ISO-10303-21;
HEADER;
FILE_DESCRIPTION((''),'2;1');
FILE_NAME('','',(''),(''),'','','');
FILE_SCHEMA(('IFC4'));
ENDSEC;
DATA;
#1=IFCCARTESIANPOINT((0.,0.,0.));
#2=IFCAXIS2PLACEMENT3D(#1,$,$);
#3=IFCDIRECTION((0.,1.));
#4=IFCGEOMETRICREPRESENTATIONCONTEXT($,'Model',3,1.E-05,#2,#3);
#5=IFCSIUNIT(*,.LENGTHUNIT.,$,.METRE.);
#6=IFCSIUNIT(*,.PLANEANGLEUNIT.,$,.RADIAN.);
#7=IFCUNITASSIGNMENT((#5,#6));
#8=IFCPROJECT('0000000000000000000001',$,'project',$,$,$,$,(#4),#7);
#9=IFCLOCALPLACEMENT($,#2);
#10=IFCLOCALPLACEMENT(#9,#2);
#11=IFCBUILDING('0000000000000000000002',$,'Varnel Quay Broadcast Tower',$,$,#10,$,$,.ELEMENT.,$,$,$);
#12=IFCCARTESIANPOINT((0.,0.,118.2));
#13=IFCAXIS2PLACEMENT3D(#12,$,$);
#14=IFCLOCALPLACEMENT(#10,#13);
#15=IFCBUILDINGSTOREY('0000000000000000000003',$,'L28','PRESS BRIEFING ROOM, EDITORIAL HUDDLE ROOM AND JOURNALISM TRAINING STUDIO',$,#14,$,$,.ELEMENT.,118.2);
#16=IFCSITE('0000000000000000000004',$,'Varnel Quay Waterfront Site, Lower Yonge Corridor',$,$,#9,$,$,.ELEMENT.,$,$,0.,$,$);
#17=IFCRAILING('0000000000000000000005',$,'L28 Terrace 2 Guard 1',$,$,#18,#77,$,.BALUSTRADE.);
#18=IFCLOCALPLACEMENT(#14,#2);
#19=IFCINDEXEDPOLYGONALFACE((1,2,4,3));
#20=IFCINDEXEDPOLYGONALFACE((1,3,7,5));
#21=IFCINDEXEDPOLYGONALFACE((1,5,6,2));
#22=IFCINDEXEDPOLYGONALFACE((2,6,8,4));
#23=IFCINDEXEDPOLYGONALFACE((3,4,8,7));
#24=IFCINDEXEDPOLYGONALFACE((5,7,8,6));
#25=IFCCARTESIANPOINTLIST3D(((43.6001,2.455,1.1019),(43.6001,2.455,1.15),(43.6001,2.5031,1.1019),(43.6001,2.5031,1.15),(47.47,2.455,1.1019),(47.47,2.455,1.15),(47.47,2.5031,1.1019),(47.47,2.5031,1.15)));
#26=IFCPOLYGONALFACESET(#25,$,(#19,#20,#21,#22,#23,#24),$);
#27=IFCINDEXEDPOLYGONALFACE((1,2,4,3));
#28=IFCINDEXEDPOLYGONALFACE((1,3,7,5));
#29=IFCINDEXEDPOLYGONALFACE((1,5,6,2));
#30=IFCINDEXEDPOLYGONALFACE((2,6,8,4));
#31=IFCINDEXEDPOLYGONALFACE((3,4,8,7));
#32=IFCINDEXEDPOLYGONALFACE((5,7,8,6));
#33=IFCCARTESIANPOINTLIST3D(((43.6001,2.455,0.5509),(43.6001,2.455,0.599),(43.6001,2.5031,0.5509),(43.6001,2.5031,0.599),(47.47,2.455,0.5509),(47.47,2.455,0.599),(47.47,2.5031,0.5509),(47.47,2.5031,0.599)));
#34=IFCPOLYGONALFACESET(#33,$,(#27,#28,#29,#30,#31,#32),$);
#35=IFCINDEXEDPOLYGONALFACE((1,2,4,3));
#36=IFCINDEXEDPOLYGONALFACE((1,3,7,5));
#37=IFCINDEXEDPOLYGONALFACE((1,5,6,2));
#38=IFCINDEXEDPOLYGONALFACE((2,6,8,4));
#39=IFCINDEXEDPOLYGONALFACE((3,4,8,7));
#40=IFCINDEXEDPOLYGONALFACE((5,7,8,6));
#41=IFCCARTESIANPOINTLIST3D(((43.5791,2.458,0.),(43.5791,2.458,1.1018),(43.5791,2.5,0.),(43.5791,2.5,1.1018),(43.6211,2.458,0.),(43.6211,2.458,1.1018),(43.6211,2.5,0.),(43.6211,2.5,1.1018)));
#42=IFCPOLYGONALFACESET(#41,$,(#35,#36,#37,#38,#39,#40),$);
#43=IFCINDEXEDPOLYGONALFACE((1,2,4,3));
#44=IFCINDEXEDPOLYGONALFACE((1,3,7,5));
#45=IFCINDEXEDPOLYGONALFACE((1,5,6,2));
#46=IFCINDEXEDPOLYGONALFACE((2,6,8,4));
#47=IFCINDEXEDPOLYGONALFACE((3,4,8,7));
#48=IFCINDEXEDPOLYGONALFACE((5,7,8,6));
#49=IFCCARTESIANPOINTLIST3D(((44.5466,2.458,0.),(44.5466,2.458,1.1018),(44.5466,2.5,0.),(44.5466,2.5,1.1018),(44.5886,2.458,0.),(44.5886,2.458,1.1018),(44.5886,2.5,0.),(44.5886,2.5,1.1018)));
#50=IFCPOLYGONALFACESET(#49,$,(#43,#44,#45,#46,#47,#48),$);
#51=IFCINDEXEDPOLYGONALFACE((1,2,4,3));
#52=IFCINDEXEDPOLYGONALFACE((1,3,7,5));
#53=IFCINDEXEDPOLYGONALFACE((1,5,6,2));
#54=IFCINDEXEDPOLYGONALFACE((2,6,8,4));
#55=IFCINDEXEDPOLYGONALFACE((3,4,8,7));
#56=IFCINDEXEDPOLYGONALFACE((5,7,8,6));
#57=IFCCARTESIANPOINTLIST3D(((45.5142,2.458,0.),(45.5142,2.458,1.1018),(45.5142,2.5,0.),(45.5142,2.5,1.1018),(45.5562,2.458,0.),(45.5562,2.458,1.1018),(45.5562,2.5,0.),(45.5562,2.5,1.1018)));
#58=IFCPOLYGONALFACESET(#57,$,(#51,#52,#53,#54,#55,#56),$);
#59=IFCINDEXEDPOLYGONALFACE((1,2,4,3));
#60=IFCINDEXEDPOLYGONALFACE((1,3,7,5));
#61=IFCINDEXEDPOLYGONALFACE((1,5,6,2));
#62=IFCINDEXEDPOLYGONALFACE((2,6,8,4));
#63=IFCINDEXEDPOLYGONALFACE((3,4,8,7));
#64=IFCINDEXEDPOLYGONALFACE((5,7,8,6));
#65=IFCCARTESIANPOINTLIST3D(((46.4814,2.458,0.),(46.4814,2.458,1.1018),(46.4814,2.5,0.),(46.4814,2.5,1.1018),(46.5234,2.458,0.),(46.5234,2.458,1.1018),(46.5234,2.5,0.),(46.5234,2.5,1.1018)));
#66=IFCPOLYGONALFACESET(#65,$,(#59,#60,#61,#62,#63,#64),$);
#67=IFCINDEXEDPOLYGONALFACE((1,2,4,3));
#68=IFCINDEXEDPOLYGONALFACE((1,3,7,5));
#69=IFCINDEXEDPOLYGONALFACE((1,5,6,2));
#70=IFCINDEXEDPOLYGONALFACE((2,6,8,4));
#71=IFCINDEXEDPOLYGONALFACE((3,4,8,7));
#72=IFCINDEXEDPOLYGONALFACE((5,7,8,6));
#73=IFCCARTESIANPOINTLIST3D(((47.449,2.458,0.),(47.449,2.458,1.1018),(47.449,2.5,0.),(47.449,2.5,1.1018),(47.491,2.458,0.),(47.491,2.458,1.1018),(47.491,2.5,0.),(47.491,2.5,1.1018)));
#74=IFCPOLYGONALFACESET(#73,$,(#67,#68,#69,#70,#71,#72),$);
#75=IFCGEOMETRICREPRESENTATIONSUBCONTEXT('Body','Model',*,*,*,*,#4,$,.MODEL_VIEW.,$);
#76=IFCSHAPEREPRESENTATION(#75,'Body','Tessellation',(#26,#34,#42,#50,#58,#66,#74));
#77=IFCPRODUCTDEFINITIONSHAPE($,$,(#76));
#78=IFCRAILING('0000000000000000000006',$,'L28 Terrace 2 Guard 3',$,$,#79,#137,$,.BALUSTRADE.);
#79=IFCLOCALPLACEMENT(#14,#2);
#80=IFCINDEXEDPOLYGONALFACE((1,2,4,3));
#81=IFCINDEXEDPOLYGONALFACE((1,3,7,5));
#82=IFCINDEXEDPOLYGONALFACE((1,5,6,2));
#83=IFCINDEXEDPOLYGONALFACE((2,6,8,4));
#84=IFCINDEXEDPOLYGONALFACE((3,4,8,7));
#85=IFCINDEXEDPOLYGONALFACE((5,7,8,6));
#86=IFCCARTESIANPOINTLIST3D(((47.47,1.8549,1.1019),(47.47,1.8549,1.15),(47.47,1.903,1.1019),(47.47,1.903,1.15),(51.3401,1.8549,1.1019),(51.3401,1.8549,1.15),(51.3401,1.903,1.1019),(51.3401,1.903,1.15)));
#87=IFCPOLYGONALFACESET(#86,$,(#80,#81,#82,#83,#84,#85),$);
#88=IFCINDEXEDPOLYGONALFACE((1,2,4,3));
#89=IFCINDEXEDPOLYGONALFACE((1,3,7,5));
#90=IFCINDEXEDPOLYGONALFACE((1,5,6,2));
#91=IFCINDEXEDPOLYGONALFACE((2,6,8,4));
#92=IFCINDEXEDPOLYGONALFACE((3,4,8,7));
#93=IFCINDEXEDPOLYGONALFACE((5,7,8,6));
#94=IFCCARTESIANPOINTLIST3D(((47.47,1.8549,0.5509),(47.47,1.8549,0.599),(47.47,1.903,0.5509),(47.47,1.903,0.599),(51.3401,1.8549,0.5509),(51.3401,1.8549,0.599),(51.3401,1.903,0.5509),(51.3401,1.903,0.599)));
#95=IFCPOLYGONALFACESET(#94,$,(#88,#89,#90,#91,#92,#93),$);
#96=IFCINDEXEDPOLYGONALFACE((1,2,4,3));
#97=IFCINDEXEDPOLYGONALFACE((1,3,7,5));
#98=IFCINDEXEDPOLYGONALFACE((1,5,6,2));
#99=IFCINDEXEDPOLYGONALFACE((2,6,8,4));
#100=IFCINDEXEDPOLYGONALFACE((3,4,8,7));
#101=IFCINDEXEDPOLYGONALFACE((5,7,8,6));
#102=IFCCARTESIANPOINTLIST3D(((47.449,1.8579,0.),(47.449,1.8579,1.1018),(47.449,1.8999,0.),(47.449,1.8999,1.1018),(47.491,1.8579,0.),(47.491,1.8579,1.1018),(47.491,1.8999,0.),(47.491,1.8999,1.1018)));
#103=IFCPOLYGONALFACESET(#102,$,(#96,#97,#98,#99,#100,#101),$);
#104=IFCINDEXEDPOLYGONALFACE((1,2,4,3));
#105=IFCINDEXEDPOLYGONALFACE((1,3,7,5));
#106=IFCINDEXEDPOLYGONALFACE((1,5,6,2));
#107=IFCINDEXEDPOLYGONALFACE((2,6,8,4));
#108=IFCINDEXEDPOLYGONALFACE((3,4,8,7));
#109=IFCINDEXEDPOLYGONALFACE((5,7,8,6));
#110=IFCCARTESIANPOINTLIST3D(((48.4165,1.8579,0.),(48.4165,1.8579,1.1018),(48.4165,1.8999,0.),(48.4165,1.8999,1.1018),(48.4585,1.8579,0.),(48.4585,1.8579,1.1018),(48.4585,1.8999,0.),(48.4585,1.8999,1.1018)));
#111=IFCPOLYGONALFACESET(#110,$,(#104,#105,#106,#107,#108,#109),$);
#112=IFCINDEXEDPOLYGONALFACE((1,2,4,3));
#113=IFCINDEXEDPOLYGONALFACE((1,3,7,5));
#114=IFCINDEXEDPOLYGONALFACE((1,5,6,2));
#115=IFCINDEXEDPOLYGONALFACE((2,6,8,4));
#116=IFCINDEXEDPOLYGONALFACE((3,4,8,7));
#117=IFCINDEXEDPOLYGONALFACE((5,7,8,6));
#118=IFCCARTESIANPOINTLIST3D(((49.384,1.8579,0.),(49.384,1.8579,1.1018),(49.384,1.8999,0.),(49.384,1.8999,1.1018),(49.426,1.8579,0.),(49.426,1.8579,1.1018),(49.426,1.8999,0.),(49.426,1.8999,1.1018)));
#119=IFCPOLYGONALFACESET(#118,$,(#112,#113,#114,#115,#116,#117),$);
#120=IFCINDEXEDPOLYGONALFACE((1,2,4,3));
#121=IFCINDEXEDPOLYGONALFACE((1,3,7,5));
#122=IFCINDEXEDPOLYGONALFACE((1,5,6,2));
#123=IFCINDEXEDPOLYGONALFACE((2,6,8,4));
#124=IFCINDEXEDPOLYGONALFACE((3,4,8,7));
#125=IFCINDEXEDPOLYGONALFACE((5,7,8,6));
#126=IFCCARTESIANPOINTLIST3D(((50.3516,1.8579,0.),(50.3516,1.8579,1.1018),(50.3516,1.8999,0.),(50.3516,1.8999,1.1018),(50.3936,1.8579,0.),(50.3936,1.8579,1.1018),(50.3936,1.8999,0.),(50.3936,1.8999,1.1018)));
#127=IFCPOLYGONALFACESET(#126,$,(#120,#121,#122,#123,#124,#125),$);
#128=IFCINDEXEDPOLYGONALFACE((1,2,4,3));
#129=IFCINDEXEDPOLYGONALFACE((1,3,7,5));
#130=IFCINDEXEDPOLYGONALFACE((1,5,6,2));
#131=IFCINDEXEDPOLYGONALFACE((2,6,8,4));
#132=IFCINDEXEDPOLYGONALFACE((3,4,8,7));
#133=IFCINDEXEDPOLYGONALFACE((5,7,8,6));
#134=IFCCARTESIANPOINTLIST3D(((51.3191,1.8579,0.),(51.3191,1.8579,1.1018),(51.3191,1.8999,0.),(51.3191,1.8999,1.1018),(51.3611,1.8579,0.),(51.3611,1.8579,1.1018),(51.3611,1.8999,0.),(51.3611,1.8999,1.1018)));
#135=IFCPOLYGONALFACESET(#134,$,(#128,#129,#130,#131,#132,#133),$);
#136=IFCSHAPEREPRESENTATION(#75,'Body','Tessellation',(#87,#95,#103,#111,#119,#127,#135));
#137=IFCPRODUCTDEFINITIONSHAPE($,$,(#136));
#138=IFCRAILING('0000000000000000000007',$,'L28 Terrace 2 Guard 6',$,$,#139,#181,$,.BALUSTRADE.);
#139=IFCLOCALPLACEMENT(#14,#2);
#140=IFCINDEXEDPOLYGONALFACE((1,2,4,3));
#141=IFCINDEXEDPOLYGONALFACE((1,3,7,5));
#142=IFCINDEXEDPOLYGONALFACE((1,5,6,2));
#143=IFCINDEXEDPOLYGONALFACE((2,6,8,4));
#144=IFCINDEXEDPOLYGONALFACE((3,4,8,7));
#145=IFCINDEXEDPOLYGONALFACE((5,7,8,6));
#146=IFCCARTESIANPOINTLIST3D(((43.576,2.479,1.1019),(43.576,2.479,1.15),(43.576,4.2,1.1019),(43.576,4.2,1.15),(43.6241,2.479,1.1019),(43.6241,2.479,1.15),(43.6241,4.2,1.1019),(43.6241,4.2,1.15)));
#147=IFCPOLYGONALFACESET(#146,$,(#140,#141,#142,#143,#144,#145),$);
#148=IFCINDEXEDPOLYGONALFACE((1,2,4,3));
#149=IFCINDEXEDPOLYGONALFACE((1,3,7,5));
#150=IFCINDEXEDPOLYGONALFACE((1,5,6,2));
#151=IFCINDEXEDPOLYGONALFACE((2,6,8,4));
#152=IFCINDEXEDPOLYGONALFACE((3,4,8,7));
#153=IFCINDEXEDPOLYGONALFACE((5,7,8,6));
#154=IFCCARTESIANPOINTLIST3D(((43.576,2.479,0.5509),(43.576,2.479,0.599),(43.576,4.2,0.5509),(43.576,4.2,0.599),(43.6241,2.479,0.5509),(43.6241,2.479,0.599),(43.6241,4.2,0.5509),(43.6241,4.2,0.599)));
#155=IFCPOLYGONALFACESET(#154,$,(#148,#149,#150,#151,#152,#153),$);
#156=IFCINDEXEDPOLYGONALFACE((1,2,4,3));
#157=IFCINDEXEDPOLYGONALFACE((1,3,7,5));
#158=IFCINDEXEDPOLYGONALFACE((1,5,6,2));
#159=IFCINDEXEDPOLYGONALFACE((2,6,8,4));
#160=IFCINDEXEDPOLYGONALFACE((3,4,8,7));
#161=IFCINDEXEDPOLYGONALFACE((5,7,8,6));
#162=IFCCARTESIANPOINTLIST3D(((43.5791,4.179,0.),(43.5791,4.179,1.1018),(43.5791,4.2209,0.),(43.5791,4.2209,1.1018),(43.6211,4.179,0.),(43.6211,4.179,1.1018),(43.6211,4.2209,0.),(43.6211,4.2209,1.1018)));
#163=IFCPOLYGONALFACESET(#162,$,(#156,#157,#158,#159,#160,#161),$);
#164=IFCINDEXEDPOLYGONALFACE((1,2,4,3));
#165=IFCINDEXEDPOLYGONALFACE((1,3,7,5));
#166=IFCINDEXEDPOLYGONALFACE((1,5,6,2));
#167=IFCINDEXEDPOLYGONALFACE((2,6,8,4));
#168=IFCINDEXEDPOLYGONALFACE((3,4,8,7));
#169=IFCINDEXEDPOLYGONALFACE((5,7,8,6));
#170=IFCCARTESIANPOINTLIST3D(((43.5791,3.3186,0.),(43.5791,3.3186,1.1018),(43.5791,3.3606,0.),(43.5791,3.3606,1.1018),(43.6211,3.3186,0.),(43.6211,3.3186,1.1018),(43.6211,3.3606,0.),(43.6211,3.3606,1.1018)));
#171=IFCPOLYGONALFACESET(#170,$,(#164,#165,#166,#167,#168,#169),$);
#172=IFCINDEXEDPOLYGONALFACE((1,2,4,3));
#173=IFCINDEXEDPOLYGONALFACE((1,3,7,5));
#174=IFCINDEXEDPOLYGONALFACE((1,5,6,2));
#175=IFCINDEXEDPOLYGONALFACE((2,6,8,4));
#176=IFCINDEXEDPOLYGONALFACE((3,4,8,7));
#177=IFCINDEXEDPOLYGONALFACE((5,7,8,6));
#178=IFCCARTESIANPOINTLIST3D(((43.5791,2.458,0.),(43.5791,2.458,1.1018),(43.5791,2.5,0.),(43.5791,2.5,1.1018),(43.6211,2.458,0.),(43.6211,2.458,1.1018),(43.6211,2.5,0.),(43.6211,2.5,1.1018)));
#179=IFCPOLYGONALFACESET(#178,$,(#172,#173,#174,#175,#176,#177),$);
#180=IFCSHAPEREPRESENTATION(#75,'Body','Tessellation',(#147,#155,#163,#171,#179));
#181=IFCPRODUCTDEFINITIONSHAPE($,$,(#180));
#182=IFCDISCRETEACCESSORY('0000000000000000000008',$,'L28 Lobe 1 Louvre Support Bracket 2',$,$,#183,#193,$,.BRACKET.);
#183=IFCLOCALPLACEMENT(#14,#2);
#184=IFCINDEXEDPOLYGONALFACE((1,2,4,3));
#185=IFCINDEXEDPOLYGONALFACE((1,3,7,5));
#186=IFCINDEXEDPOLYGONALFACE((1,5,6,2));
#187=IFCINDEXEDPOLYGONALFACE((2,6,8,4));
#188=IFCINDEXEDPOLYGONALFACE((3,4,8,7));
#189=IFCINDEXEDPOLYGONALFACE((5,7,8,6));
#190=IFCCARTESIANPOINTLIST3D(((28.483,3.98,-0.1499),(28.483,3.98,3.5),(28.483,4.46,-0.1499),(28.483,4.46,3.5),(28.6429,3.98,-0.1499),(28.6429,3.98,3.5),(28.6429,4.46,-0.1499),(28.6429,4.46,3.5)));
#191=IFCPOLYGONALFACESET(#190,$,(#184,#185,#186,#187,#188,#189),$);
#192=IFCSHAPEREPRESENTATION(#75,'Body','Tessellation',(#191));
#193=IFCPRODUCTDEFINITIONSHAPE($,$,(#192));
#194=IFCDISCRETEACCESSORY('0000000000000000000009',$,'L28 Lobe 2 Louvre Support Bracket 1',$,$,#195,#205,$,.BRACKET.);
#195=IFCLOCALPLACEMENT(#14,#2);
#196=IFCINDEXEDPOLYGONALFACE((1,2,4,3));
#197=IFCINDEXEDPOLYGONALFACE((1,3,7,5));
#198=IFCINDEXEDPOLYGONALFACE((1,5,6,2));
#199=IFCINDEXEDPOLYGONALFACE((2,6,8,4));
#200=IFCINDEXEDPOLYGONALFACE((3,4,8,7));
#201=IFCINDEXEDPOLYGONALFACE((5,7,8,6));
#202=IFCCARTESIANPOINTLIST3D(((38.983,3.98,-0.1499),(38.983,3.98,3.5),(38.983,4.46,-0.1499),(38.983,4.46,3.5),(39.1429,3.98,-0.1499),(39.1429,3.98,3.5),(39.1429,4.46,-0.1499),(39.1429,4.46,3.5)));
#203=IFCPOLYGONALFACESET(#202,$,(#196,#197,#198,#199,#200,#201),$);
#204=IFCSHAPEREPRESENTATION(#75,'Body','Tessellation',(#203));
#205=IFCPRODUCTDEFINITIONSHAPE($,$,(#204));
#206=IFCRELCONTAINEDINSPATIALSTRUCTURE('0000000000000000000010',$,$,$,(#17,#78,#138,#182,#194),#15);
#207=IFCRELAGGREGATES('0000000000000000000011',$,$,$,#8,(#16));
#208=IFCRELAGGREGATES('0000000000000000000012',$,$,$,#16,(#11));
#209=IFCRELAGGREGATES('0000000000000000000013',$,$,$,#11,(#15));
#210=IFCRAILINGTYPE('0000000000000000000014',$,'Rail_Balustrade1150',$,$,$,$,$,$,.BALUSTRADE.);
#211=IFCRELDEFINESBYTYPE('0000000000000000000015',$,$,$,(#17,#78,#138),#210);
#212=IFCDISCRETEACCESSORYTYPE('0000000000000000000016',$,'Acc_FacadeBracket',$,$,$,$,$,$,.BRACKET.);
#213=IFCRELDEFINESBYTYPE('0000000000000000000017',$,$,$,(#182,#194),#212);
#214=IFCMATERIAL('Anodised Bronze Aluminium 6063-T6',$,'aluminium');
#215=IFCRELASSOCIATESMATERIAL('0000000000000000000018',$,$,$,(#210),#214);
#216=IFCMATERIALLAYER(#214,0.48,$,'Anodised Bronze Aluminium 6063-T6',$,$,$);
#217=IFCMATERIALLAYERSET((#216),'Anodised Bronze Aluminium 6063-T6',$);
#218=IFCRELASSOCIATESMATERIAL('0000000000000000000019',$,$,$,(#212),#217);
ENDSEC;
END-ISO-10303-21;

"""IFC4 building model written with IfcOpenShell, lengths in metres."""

from ifc_helpers import new_model, si_unit, direction, frame, origin, origin_2d, place, context, subcontext, project, spatial, rectangle, extrude, source, transform, mapped, material, layer, layer_set, type_object, type_shapes, element, save


model = new_model("IFC4")

# Units and contexts
model_context = context("Model", 3, precision=1e-05, world=origin(), true_north=direction((0.0, 1.0)))
body_context = subcontext(model_context, "Body", "Model", "MODEL_VIEW")
ifc_project = project(units=[si_unit("LENGTHUNIT", "METRE"), si_unit("PLANEANGLEUNIT", "RADIAN")], contexts=[model_context])

# Site, building, storey
site_placement = place(None, origin())
site = spatial("IfcSite", under=ifc_project, at=site_placement, Name="Varnel Quay Waterfront Site, Lower Yonge Corridor", CompositionType="ELEMENT", RefElevation=0.0)
building_placement = place(site_placement, origin())
building = spatial("IfcBuilding", under=site, at=building_placement, Name="Varnel Quay Broadcast Tower", CompositionType="ELEMENT")
storey_placement = place(building_placement, frame((0.0, 0.0, 118.2)))
storey = spatial("IfcBuildingStorey", under=building, at=storey_placement, Name="L28", Description="PRESS BRIEFING ROOM, EDITORIAL HUDDLE ROOM AND JOURNALISM TRAINING STUDIO", CompositionType="ELEMENT", Elevation=118.2)

# Shared definitions
ifc_material_1 = material(Name="Anodised Bronze Aluminium 6063-T6", Category="aluminium")

# Railings
railing_type = type_object("IfcRailingType", Name="Rail_Balustrade1150", PredefinedType="BALUSTRADE", material=ifc_material_1)
railing_1_placement = place(storey_placement, frame((43.6001, 2.479, 0.0)))
element("IfcRailing", 1, at=railing_1_placement, inside=storey, type_object=railing_type, Name="L28 Terrace 2 Guard 1", PredefinedType="BALUSTRADE", context=body_context, shape_type="SweptSolid", body=[
    extrude(rectangle(XDim=0.0481, YDim=0.0481, at=origin_2d()), frame((0.0, 0.0, 1.126), z_axis=(1.0, 0.0, 0.0), x_axis=(0.0, 1.0, 0.0)), (0.0, 0.0, 1.0), 3.8699),
    extrude(rectangle(XDim=0.0481, YDim=0.0481, at=origin_2d()), frame((0.0, 0.0, 0.575), z_axis=(1.0, 0.0, 0.0), x_axis=(0.0, 1.0, 0.0)), (0.0, 0.0, 1.0), 3.8699),
    extrude(rectangle(XDim=0.042, YDim=0.042, at=origin_2d()), origin(), (0.0, 0.0, 1.0), 1.1018),
    extrude(rectangle(XDim=0.042, YDim=0.042, at=origin_2d()), frame((0.9675, 0.0, 0.0)), (0.0, 0.0, 1.0), 1.1018),
    extrude(rectangle(XDim=0.042, YDim=0.042, at=origin_2d()), frame((1.9351, 0.0, 0.0)), (0.0, 0.0, 1.0), 1.1018),
    extrude(rectangle(XDim=0.042, YDim=0.042, at=origin_2d()), frame((2.9023, 0.0, 0.0)), (0.0, 0.0, 1.0), 1.1018),
    extrude(rectangle(XDim=0.042, YDim=0.042, at=origin_2d()), frame((3.8699, 0.0, 0.0)), (0.0, 0.0, 1.0), 1.1018),
])
railing_2_placement = place(storey_placement, frame((47.47, 1.8789, 0.0)))
element("IfcRailing", 2, at=railing_2_placement, inside=storey, type_object=railing_type, Name="L28 Terrace 2 Guard 3", PredefinedType="BALUSTRADE", context=body_context, shape_type="SweptSolid", body=[
    extrude(rectangle(XDim=0.0481, YDim=0.0481, at=origin_2d()), frame((0.0, 0.0, 1.126), z_axis=(1.0, 0.0, 0.0), x_axis=(0.0, 1.0, 0.0)), (0.0, 0.0, 1.0), 3.8701),
    extrude(rectangle(XDim=0.0481, YDim=0.0481, at=origin_2d()), frame((0.0, 0.0, 0.575), z_axis=(1.0, 0.0, 0.0), x_axis=(0.0, 1.0, 0.0)), (0.0, 0.0, 1.0), 3.8701),
    extrude(rectangle(XDim=0.042, YDim=0.042, at=origin_2d()), origin(), (0.0, 0.0, 1.0), 1.1018),
    extrude(rectangle(XDim=0.042, YDim=0.042, at=origin_2d()), frame((0.9675, 0.0, 0.0)), (0.0, 0.0, 1.0), 1.1018),
    extrude(rectangle(XDim=0.042, YDim=0.042, at=origin_2d()), frame((1.9351, 0.0, 0.0)), (0.0, 0.0, 1.0), 1.1018),
    extrude(rectangle(XDim=0.042, YDim=0.042, at=origin_2d()), frame((2.9026, 0.0, 0.0)), (0.0, 0.0, 1.0), 1.1018),
    extrude(rectangle(XDim=0.042, YDim=0.042, at=origin_2d()), frame((3.8701, 0.0, 0.0)), (0.0, 0.0, 1.0), 1.1018),
])
railing_3_placement = place(storey_placement, frame((43.6001, 4.2, 0.0)))
element("IfcRailing", 3, at=railing_3_placement, inside=storey, type_object=railing_type, Name="L28 Terrace 2 Guard 6", PredefinedType="BALUSTRADE", context=body_context, shape_type="SweptSolid", body=[
    extrude(rectangle(XDim=0.0481, YDim=0.0481, at=origin_2d()), frame((0.0, 0.0, 1.126), z_axis=(0.0, -1.0, 0.0), x_axis=(1.0, 0.0, 0.0)), (0.0, 0.0, 1.0), 1.7209),
    extrude(rectangle(XDim=0.0481, YDim=0.0481, at=origin_2d()), frame((0.0, 0.0, 0.575), z_axis=(0.0, -1.0, 0.0), x_axis=(1.0, 0.0, 0.0)), (0.0, 0.0, 1.0), 1.7209),
    extrude(rectangle(XDim=0.042, YDim=0.042, at=origin_2d()), origin(), (0.0, 0.0, 1.0), 1.1018),
    extrude(rectangle(XDim=0.042, YDim=0.042, at=origin_2d()), frame((0.0, -0.8604, 0.0)), (0.0, 0.0, 1.0), 1.1018),
    extrude(rectangle(XDim=0.042, YDim=0.042, at=origin_2d()), frame((0.0, -1.7209, 0.0)), (0.0, 0.0, 1.0), 1.1018),
])

# Discrete accessories
ifc_layer_1 = layer(ifc_material_1, 0.48, Name="Anodised Bronze Aluminium 6063-T6")
ifc_layer_set_1 = layer_set([ifc_layer_1], Name="Anodised Bronze Aluminium 6063-T6")
discrete_accessory_type = type_object("IfcDiscreteAccessoryType", Name="Acc_FacadeBracket", PredefinedType="BRACKET", material=ifc_layer_set_1)
shared_shape_1 = source(origin(), body_context, "Body", "SweptSolid", [
    extrude(rectangle(XDim=0.1599, YDim=0.48, at=origin_2d()), origin(), (0.0, 0.0, 1.0), 3.6499),
])
type_shapes(discrete_accessory_type, [shared_shape_1])
for number, where, z_axis, x_axis, name in (
    (4, (28.563, 4.22, -0.1499), (0.0, 0.0, 1.0), (1.0, 0.0, 0.0), "L28 Lobe 1 Louvre Support Bracket 2"),
    (5, (39.063, 4.22, -0.1499), (0.0, 0.0, 1.0), (1.0, 0.0, 0.0), "L28 Lobe 2 Louvre Support Bracket 1"),
):
    element("IfcDiscreteAccessory", number, at=place(storey_placement, frame(where, z_axis=z_axis, x_axis=x_axis)), inside=storey, type_object=discrete_accessory_type, Name=name, PredefinedType="BRACKET", context=body_context, shape_type="MappedRepresentation", body=[
        mapped(shared_shape_1, transform((0.0, 0.0, 0.0), x_axis=(1.0, 0.0, 0.0), y_axis=(0.0, 1.0, 0.0), z_axis=(0.0, 0.0, 1.0), scale=1.0)),
    ])

save(model, "model.ifc")
